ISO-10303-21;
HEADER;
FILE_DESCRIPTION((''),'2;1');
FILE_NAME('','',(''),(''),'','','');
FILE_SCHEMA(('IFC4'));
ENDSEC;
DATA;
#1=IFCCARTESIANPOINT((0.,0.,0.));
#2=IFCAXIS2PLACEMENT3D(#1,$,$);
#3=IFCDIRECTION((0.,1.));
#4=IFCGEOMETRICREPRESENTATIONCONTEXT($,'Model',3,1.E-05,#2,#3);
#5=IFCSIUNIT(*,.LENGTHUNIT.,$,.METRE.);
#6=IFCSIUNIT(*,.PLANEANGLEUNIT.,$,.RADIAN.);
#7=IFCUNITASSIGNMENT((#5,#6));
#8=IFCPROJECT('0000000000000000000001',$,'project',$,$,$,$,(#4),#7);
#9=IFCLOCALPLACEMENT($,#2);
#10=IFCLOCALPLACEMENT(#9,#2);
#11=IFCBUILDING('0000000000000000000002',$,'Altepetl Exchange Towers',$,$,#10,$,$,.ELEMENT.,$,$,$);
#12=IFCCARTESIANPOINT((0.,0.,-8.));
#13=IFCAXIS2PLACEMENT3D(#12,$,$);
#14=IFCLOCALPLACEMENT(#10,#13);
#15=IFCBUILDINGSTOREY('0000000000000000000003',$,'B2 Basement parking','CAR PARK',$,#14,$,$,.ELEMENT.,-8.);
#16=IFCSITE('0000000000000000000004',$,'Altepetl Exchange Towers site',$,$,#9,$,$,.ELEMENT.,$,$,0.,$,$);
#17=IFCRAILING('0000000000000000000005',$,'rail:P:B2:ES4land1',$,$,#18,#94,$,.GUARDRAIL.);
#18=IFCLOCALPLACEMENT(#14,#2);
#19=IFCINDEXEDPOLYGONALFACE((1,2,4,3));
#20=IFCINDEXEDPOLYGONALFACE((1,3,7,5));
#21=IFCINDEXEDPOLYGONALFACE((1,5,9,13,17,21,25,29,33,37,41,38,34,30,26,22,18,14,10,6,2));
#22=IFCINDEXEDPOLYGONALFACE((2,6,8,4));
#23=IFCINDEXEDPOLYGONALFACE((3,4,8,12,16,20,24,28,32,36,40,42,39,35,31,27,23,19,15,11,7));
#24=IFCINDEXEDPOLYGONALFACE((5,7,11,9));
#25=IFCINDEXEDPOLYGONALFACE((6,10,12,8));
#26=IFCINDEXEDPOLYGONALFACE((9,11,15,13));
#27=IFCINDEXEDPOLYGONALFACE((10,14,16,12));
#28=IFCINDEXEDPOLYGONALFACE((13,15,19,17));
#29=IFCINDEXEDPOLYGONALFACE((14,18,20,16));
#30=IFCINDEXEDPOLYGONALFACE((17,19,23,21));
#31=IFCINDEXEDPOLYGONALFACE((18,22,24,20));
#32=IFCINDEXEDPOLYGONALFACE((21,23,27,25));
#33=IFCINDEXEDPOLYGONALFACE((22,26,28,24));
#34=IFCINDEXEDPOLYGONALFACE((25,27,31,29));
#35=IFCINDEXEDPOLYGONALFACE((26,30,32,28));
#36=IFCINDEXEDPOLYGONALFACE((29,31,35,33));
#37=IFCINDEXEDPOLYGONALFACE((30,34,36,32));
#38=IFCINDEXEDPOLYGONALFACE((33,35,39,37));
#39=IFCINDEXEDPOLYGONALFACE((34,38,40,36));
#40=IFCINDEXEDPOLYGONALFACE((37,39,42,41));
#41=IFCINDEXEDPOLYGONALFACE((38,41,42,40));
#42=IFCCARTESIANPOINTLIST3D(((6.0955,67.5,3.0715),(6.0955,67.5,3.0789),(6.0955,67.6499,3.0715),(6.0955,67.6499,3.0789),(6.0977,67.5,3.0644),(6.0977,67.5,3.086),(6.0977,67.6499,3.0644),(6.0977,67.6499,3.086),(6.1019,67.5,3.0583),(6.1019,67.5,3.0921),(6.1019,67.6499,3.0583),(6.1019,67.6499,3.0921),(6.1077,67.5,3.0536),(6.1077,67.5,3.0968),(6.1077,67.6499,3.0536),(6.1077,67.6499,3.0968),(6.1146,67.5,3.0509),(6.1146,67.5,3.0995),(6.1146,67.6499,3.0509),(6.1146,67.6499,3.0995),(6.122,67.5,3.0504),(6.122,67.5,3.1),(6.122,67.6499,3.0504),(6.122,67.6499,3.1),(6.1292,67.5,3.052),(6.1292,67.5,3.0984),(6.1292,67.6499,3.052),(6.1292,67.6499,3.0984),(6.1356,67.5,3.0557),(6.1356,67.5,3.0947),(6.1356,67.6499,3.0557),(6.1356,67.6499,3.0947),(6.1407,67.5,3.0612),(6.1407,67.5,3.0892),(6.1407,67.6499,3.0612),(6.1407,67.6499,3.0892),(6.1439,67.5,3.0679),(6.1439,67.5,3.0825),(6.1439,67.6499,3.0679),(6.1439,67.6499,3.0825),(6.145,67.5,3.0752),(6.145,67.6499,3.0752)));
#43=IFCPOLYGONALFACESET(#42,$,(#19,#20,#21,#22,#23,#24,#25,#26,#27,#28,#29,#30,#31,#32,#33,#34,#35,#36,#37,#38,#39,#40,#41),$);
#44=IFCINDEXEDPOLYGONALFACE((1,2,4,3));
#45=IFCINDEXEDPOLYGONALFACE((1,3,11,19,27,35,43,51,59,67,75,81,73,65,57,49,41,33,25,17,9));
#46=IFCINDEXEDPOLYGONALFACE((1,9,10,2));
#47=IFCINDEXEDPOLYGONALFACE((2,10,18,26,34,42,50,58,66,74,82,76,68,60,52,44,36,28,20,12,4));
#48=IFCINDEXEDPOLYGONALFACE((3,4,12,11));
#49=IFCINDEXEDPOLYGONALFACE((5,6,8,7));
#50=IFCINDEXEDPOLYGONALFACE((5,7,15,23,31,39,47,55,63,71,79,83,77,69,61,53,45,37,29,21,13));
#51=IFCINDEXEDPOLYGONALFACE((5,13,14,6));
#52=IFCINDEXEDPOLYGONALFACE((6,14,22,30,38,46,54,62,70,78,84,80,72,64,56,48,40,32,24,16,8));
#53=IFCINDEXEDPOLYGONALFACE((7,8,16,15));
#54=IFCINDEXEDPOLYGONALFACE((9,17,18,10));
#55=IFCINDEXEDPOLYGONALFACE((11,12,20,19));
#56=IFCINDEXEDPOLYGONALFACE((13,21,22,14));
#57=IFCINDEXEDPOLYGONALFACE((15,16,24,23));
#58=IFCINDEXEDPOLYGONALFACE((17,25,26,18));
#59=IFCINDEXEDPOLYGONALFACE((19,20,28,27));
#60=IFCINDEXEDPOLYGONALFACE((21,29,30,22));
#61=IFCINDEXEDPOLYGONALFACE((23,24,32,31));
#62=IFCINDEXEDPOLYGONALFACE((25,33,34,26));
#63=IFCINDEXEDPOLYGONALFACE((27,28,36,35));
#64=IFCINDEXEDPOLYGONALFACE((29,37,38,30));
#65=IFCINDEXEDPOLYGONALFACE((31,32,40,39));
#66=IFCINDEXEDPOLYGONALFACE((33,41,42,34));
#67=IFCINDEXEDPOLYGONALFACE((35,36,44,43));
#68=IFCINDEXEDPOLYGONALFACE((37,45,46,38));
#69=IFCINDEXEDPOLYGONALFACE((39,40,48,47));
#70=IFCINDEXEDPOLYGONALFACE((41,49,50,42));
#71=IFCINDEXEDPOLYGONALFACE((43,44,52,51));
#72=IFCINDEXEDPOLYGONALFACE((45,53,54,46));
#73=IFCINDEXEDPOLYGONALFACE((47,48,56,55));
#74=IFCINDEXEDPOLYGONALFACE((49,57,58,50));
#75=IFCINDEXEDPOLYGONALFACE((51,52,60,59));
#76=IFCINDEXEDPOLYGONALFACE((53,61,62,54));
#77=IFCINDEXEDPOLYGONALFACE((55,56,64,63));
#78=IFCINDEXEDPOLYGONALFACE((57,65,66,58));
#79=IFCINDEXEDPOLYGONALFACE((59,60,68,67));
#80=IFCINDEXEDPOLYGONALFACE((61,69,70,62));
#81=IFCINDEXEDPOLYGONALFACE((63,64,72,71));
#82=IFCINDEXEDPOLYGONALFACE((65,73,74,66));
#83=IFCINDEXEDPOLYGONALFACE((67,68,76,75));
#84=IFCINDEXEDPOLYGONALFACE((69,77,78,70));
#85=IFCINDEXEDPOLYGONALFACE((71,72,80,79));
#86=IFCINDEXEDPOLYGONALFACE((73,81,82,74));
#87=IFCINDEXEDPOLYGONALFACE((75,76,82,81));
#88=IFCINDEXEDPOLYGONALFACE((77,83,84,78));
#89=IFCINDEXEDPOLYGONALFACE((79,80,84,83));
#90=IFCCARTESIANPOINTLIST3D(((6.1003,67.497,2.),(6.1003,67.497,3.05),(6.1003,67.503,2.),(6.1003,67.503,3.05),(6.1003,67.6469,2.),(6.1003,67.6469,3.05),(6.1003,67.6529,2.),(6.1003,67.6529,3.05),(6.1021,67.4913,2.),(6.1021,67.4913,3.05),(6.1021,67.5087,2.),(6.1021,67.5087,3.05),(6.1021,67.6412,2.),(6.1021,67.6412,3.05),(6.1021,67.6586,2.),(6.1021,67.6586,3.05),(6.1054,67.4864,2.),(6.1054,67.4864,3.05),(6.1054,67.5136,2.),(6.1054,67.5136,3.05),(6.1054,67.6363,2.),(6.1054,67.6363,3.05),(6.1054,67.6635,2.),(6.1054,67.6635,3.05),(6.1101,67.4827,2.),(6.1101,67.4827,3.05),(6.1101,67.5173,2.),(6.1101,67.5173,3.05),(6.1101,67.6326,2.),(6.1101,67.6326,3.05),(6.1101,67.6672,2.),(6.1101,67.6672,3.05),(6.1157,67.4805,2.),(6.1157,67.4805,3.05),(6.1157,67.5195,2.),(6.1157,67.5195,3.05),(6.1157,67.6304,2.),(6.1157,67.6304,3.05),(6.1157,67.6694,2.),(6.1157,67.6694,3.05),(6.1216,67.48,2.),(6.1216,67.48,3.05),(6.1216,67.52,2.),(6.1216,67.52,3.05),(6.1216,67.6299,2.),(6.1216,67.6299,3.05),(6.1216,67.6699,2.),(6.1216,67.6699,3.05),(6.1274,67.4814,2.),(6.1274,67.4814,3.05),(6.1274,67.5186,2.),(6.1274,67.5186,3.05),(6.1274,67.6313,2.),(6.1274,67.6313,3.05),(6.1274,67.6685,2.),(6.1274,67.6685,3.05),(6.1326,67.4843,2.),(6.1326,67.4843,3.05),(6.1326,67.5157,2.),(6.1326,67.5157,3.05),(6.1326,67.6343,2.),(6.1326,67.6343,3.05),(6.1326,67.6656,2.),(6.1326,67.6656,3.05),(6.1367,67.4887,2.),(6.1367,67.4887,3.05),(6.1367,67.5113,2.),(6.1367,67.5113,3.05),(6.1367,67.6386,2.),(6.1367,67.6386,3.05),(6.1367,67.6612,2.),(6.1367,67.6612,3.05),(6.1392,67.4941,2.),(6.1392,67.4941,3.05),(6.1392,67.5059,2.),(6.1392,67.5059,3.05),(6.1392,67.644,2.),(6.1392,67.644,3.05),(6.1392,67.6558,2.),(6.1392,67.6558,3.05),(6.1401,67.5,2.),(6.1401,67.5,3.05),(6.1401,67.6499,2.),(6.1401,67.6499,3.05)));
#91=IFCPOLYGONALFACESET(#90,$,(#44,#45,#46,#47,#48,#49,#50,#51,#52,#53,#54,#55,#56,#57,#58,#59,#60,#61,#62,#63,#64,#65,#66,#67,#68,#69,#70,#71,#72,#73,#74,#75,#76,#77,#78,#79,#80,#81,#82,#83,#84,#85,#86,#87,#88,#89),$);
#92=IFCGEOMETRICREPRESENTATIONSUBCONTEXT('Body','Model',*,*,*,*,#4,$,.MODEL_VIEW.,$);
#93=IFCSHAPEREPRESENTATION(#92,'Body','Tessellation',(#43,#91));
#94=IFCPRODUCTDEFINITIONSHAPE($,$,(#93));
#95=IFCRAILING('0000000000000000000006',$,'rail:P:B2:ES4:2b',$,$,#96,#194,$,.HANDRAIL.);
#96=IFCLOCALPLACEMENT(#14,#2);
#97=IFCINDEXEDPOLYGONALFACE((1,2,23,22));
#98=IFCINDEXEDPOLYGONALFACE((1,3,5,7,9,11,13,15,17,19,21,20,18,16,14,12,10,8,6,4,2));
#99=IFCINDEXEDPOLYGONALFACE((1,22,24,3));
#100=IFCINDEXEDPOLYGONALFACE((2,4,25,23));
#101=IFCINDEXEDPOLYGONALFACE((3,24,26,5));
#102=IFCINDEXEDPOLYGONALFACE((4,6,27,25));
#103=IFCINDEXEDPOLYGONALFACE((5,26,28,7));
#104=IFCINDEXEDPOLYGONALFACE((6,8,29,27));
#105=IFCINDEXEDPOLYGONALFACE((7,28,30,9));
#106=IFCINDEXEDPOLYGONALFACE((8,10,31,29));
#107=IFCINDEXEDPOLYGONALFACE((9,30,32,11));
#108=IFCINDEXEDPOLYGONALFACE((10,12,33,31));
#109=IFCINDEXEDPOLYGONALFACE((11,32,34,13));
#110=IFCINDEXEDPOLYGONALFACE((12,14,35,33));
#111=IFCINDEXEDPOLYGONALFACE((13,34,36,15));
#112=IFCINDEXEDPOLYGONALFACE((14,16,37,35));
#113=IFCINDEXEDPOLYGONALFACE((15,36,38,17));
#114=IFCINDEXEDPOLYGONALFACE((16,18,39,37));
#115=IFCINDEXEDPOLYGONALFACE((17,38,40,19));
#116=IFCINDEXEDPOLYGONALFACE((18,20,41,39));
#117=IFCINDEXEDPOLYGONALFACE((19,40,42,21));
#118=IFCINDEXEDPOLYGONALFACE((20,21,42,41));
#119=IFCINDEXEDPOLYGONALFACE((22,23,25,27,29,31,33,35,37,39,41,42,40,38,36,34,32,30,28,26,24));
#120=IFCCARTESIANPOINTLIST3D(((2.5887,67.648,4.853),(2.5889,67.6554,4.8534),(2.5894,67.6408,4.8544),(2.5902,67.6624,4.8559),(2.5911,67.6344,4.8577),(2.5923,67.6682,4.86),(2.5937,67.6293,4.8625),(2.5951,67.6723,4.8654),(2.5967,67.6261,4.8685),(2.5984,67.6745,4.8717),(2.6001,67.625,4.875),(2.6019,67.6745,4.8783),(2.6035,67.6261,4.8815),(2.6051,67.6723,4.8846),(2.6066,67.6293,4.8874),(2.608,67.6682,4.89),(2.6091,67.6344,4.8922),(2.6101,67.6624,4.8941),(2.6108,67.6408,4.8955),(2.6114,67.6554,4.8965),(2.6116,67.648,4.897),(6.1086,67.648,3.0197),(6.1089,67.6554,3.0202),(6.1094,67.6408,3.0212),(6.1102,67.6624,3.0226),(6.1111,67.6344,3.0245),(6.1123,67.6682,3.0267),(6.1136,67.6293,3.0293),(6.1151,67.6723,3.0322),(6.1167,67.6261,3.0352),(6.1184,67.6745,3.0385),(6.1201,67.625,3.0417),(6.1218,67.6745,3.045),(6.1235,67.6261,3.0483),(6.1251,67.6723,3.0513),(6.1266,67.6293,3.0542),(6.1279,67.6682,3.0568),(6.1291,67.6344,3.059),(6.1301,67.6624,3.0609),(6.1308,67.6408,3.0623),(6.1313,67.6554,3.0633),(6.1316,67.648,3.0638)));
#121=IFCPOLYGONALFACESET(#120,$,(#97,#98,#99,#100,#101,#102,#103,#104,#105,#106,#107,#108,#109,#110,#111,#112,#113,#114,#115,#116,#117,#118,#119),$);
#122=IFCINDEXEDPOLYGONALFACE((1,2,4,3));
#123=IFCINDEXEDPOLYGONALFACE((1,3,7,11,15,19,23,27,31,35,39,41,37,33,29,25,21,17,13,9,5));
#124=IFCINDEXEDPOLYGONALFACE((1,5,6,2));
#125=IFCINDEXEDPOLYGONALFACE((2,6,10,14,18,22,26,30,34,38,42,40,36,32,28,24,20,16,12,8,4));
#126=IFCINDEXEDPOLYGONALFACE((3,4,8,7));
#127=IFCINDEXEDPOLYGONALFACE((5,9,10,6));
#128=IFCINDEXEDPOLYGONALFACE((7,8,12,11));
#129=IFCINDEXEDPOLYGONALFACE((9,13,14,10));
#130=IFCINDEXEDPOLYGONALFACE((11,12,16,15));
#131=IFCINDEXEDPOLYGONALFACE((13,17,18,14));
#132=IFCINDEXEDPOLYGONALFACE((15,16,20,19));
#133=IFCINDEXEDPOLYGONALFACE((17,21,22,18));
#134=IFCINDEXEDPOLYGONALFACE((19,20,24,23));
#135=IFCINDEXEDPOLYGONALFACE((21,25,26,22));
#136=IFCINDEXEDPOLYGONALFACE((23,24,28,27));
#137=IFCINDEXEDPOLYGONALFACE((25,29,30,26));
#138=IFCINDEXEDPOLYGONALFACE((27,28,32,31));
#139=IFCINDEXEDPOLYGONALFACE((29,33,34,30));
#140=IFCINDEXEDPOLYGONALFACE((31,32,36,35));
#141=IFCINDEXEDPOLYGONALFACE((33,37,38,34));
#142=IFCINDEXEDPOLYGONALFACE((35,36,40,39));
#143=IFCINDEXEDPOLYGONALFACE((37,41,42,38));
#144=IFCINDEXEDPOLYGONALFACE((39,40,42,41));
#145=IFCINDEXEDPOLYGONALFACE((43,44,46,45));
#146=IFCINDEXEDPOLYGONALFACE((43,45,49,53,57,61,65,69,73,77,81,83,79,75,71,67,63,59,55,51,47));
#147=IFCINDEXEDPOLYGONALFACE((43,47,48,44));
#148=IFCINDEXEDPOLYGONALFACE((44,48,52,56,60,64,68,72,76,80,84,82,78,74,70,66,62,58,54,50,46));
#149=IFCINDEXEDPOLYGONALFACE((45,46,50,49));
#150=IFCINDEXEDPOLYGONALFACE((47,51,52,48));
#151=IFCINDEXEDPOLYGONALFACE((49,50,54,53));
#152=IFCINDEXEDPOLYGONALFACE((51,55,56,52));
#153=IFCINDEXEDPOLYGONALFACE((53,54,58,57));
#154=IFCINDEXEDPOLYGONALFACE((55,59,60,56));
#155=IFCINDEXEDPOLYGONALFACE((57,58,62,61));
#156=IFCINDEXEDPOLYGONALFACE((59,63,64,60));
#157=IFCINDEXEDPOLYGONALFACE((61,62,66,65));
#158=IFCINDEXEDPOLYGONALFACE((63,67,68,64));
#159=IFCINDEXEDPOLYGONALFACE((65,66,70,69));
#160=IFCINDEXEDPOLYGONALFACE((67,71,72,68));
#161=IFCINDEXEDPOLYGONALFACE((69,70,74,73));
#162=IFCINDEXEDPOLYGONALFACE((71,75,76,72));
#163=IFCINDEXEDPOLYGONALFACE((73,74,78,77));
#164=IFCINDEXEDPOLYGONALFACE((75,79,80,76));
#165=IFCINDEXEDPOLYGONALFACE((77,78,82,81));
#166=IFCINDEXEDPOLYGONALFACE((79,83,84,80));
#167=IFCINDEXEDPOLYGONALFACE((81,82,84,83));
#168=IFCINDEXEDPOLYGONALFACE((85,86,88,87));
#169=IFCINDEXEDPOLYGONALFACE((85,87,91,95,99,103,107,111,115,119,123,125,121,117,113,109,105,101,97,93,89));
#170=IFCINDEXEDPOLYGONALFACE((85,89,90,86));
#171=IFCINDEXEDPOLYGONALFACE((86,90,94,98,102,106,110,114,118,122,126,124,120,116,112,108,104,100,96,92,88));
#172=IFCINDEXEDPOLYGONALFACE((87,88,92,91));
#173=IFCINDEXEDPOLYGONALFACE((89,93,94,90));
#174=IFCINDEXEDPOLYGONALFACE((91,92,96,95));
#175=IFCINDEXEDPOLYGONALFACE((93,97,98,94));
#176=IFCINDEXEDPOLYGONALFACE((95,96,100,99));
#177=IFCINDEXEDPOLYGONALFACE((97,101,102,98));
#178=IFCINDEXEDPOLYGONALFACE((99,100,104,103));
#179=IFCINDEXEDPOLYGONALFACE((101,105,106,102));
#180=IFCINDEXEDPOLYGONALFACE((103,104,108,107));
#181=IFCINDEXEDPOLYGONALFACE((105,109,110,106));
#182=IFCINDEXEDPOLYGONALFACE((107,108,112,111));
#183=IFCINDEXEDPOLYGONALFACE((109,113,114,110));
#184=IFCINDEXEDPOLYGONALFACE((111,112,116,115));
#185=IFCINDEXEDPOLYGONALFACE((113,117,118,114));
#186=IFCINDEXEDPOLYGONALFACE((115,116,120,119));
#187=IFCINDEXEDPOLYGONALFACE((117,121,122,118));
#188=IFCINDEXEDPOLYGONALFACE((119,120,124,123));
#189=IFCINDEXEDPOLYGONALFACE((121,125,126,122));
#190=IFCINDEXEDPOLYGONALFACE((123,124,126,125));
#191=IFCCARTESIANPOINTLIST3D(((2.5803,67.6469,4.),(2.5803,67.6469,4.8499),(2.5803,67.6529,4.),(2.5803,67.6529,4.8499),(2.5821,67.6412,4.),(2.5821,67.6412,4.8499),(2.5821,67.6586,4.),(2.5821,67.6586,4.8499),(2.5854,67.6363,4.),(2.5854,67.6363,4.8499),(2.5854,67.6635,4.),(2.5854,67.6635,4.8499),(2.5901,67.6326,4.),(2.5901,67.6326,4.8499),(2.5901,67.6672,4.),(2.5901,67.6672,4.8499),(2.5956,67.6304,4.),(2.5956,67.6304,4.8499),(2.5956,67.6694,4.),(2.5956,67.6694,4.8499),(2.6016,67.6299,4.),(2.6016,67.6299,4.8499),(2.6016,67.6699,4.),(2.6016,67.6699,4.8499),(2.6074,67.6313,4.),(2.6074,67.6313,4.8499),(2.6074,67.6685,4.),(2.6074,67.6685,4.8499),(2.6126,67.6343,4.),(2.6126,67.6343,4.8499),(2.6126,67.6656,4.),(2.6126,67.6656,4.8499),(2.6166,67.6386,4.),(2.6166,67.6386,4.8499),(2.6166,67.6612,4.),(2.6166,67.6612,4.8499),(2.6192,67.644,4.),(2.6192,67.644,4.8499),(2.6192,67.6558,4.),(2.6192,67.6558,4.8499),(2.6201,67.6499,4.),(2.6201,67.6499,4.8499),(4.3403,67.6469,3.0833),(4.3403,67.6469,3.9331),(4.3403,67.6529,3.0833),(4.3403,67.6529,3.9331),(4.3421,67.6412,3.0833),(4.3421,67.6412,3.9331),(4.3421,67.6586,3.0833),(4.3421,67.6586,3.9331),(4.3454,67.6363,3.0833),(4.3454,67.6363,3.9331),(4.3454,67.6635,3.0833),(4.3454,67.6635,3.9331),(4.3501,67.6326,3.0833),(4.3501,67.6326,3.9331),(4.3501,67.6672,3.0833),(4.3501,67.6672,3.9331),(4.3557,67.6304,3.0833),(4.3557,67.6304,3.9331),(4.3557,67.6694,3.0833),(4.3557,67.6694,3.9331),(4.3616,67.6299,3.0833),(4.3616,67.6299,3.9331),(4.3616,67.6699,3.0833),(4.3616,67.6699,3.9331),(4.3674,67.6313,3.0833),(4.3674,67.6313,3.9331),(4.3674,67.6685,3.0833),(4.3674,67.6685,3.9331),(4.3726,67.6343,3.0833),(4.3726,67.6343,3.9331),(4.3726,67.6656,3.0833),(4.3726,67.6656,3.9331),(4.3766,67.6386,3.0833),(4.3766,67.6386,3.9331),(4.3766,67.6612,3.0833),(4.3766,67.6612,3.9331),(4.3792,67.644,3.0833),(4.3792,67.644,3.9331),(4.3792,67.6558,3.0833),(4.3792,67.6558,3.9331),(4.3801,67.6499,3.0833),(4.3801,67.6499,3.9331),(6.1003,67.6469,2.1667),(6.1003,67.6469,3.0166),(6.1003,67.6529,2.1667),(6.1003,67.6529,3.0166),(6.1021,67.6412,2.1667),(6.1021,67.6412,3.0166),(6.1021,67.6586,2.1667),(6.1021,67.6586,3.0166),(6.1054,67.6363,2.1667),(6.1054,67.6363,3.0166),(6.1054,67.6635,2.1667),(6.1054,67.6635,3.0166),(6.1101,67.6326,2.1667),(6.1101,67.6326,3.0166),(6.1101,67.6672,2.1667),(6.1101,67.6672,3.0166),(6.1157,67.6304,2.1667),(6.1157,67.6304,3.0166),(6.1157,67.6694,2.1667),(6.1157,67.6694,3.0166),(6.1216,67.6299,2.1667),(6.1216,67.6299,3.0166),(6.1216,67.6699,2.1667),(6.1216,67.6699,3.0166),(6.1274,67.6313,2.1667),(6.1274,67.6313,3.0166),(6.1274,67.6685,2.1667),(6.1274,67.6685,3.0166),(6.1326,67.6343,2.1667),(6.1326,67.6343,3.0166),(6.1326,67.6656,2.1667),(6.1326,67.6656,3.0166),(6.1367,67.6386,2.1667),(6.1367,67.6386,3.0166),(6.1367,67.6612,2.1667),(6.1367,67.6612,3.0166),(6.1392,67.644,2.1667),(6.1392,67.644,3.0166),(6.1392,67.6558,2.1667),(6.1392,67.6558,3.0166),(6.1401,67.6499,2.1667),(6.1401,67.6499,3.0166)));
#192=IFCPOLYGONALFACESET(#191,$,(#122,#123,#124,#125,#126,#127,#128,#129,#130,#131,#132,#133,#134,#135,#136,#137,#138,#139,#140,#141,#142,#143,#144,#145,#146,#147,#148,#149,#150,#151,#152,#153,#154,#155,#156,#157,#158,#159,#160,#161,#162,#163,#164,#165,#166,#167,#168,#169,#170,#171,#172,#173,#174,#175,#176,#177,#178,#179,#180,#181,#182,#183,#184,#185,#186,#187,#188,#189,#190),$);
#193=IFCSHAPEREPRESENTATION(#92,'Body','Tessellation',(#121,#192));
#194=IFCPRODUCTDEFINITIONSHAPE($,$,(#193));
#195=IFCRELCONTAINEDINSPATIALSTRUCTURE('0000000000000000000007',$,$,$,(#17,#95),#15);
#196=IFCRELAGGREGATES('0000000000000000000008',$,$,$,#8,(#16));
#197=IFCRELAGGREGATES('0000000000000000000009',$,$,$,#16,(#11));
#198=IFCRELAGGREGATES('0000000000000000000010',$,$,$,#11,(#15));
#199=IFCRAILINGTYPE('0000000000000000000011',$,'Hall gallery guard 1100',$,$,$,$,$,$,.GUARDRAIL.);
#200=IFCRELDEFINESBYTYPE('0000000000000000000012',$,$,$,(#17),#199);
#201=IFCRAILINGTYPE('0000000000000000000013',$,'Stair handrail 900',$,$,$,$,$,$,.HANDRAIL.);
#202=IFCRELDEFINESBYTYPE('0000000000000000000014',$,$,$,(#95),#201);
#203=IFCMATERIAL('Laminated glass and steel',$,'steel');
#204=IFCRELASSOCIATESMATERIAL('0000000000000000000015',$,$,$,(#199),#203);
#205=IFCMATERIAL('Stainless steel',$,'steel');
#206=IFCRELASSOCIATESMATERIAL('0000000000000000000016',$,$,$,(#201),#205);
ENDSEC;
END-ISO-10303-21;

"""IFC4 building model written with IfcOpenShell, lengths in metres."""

from ifc_helpers import new_model, si_unit, direction, frame, origin, origin_2d, place, context, subcontext, project, spatial, circle, extrude, source, transform, mapped, material, type_object, element, save


model = new_model("IFC4")

# Units and contexts
model_context = context("Model", 3, precision=1e-05, world=origin(), true_north=direction((0.0, 1.0)))
body_context = subcontext(model_context, "Body", "Model", "MODEL_VIEW")
ifc_project = project(units=[si_unit("LENGTHUNIT", "METRE"), si_unit("PLANEANGLEUNIT", "RADIAN")], contexts=[model_context])

# Site, building, storey
site_placement = place(None, origin())
site = spatial("IfcSite", under=ifc_project, at=site_placement, Name="Altepetl Exchange Towers site", CompositionType="ELEMENT", RefElevation=0.0)
building_placement = place(site_placement, origin())
building = spatial("IfcBuilding", under=site, at=building_placement, Name="Altepetl Exchange Towers", CompositionType="ELEMENT")
storey_placement = place(building_placement, frame((0.0, 0.0, -8.0)))
storey = spatial("IfcBuildingStorey", under=building, at=storey_placement, Name="B2 Basement parking", Description="CAR PARK", CompositionType="ELEMENT", Elevation=-8.0)

# Railings
ifc_material_1 = material(Name="Laminated glass and steel", Category="steel")
railing_type_1 = type_object("IfcRailingType", Name="Hall gallery guard 1100", PredefinedType="GUARDRAIL", material=ifc_material_1)
shared_shape_1 = source(origin(), body_context, "Body", "SweptSolid", [
    extrude(circle(Radius=0.02, at=origin_2d()), origin(), (0.0, 0.0, 1.0), 1.05),
])
railing_1_placement = place(storey_placement, frame((6.1201, 67.6499, 2.0)))
element("IfcRailing", 1, at=railing_1_placement, inside=storey, type_object=railing_type_1, Name="rail:P:B2:ES4land1", PredefinedType="GUARDRAIL", context=body_context, shape_type="SweptSolid", body=[
    extrude(circle(Radius=0.0249, at=origin_2d()), frame((0.0, 0.0, 1.0752), z_axis=(0.0, -1.0, 0.0), x_axis=(1.0, 0.0, 0.0)), (0.0, 0.0, 1.0), 0.1499),
    mapped(shared_shape_1, transform((0.0, 0.0, 0.0))),
    mapped(shared_shape_1, transform((0.0, -0.1499, 0.0))),
])
ifc_material_2 = material(Name="Stainless steel", Category="steel")
railing_type_2 = type_object("IfcRailingType", Name="Stair handrail 900", PredefinedType="HANDRAIL", material=ifc_material_2)
shared_shape_2 = source(origin(), body_context, "Body", "SweptSolid", [
    extrude(circle(Radius=0.02, at=origin_2d()), origin(), (0.0, 0.0, 1.0), 0.8499),
])
railing_2_placement = place(storey_placement, frame((6.1201, 67.6499, 2.1667)))
element("IfcRailing", 2, at=railing_2_placement, inside=storey, type_object=railing_type_2, Name="rail:P:B2:ES4:2b", PredefinedType="HANDRAIL", context=body_context, shape_type="SweptSolid", body=[
    extrude(circle(Radius=0.0249, at=origin_2d()), frame((0.0, 0.0, 0.875), z_axis=(-0.886924, 0.0, 0.461916), x_axis=(0.0, -1.0, 0.0)), (0.0, 0.0, 1.0), 3.9688),
    mapped(shared_shape_2, transform((0.0, 0.0, 0.0))),
    mapped(shared_shape_2, transform((-1.76, 0.0, 0.9165))),
    mapped(shared_shape_2, transform((-3.52, 0.0, 1.8333))),
])

save(model, "model.ifc")
